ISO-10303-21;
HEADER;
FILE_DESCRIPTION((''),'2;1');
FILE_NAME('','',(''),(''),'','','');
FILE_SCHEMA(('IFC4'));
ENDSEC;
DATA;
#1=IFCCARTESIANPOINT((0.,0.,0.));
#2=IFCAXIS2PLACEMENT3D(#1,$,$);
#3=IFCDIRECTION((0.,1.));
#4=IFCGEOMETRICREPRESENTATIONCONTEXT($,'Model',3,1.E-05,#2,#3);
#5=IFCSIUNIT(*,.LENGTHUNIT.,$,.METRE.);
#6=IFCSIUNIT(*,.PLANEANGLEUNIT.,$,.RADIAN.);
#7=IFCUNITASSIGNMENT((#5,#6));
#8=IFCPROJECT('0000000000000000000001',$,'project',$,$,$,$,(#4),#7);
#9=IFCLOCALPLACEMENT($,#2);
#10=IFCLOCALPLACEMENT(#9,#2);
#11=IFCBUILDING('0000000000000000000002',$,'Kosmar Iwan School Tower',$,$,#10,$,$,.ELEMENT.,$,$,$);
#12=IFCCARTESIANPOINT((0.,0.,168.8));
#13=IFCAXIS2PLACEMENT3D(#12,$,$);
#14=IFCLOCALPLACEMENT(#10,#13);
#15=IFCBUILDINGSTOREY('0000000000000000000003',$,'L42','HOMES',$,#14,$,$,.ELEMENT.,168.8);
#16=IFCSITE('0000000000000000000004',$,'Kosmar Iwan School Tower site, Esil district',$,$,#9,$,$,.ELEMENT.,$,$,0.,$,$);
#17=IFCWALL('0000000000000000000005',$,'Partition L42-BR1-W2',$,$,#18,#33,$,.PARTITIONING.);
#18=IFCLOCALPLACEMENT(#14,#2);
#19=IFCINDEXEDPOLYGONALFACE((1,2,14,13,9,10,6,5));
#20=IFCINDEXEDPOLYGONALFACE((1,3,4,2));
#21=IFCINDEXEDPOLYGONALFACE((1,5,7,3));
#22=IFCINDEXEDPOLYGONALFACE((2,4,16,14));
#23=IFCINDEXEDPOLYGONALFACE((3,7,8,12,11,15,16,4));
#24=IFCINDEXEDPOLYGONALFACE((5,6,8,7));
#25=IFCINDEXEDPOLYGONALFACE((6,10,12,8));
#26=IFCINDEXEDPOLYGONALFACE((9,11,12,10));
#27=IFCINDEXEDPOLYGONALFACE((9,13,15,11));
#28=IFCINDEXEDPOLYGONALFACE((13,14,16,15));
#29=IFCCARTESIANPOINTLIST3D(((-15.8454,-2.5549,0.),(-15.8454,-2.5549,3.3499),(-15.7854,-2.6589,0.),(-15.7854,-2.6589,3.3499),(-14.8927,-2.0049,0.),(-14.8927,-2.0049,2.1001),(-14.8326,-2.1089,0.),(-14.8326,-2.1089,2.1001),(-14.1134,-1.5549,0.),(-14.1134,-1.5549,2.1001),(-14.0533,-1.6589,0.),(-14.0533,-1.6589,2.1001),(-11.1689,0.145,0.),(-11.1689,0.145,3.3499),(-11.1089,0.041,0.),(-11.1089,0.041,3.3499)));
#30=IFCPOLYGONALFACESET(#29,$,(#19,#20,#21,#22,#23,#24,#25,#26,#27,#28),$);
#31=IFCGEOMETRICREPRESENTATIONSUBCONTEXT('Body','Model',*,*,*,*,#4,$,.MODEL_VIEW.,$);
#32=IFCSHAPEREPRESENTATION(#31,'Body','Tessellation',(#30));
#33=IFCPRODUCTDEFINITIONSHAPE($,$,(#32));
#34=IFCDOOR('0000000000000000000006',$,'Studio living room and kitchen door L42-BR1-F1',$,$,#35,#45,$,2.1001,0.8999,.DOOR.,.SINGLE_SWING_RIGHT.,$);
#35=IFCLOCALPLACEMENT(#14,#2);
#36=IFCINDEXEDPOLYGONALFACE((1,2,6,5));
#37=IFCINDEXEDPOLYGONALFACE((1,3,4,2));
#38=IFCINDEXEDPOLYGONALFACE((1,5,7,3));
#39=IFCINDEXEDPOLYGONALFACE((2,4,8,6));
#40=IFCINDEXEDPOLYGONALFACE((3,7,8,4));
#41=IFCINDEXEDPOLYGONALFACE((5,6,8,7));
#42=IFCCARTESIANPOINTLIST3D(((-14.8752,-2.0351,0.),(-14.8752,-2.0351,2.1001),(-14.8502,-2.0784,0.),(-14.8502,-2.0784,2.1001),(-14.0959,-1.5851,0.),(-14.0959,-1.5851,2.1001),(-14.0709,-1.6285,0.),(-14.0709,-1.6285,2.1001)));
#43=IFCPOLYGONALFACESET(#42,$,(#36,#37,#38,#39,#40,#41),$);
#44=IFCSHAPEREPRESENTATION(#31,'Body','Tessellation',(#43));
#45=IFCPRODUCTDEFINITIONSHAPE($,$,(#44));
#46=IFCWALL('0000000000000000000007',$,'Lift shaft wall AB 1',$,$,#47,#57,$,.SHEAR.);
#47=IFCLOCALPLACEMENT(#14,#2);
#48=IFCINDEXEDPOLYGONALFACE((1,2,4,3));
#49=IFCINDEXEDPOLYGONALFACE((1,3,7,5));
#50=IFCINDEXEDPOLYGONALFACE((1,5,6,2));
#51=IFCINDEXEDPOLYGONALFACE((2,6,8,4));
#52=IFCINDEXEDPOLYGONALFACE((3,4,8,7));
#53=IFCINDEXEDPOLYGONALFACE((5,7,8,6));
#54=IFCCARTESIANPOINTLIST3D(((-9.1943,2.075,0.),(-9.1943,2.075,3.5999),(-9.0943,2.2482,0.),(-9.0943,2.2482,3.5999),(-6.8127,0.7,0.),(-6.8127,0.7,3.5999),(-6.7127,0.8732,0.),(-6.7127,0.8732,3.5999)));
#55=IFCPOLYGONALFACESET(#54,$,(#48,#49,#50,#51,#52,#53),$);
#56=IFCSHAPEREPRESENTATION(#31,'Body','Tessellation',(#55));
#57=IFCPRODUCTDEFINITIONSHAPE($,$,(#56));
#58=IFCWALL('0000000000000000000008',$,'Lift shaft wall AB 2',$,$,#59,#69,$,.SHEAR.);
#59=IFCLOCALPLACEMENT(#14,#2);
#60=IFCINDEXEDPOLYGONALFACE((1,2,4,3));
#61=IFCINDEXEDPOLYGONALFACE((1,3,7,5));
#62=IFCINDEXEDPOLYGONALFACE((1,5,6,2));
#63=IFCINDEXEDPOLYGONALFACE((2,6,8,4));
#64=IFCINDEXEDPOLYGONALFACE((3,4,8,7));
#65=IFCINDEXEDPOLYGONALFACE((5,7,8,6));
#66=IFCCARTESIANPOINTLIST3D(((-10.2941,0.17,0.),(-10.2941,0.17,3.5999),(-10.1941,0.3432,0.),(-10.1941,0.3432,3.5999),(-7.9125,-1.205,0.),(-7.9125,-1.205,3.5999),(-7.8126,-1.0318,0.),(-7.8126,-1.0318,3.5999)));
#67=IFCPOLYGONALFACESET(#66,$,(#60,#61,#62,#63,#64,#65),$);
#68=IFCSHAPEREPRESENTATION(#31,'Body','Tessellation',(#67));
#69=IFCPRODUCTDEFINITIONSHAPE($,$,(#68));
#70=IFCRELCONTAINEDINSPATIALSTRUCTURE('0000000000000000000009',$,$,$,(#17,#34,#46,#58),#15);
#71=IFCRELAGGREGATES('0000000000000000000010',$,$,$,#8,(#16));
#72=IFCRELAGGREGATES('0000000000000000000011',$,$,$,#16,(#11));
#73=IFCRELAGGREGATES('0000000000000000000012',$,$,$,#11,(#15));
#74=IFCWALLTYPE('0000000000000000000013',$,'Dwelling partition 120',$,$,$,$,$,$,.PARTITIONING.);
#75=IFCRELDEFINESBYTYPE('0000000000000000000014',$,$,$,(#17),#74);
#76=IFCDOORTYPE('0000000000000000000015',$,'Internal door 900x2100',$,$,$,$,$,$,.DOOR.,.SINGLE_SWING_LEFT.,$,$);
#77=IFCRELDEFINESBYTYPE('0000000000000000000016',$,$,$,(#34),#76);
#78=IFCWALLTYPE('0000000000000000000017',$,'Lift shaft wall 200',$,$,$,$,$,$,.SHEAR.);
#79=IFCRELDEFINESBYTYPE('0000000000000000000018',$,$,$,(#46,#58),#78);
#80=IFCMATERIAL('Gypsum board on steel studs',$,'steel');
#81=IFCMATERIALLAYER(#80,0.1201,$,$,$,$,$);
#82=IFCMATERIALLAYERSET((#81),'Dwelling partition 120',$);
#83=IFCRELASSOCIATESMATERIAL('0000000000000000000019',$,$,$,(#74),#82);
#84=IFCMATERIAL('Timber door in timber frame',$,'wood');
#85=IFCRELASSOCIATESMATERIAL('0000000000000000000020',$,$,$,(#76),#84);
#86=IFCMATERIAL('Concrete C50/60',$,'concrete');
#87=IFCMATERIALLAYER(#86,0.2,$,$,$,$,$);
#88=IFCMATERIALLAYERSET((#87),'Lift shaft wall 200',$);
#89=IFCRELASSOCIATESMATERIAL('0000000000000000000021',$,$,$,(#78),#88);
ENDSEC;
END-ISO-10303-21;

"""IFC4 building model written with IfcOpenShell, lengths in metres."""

from ifc_helpers import new_model, si_unit, direction, frame, frame_2d, origin, place, context, subcontext, project, spatial, rectangle, extrude, material, layer, layer_set, type_object, element, fill, save


model = new_model("IFC4")

# Units and contexts
model_context = context("Model", 3, precision=1e-05, world=origin(), true_north=direction((0.0, 1.0)))
body_context = subcontext(model_context, "Body", "Model", "MODEL_VIEW")
ifc_project = project(units=[si_unit("LENGTHUNIT", "METRE"), si_unit("PLANEANGLEUNIT", "RADIAN")], contexts=[model_context])

# Site, building, storey
site_placement = place(None, origin())
site = spatial("IfcSite", under=ifc_project, at=site_placement, Name="Kosmar Iwan School Tower site, Esil district", CompositionType="ELEMENT", RefElevation=0.0)
building_placement = place(site_placement, origin())
building = spatial("IfcBuilding", under=site, at=building_placement, Name="Kosmar Iwan School Tower", CompositionType="ELEMENT")
storey_placement = place(building_placement, frame((0.0, 0.0, 168.8)))
storey = spatial("IfcBuildingStorey", under=building, at=storey_placement, Name="L42", Description="HOMES", CompositionType="ELEMENT", Elevation=168.8)

# Shared definitions
ifc_material_1 = material(Name="Gypsum board on steel studs", Category="steel")
ifc_layer_1 = layer(ifc_material_1, 0.1201)
ifc_layer_set_1 = layer_set([ifc_layer_1], Name="Dwelling partition 120")
wall_type_1 = type_object("IfcWallType", Name="Dwelling partition 120", PredefinedType="PARTITIONING", material=ifc_layer_set_1)
ifc_material_2 = material(Name="Timber door in timber frame", Category="wood")
door_type_1 = type_object("IfcDoorType", Name="Internal door 900x2100", OperationType="SINGLE_SWING_LEFT", PredefinedType="DOOR", material=ifc_material_2)

# Wall, opening, door
wall_1_placement = place(storey_placement, frame((-11.1389, 0.093, 0.0), z_axis=(0.0, 0.0, 1.0), x_axis=(-0.866028, -0.499995, 0.0)))
wall_1 = element("IfcWall", 1, at=wall_1_placement, inside=storey, type_object=wall_type_1, Name="Partition L42-BR1-W2", PredefinedType="PARTITIONING", context=body_context, shape_type="SweptSolid", body=[
    extrude(rectangle(XDim=5.3999, YDim=0.1201, at=frame_2d((2.7, 0.0))), origin(), (0.0, 0.0, 1.0), 3.3499),
])
opening_1_placement = place(wall_1_placement, frame((3.3999, 0.0, 0.0)))
opening_1 = element("IfcOpeningElement", 2, at=opening_1_placement, cuts=wall_1, PredefinedType="OPENING", context=body_context, shape_type="SweptSolid", body=[
    extrude(rectangle(XDim=0.8999, YDim=2.1001, at=frame_2d((0.45, 1.05))), frame((0.0, 0.072, 0.0), z_axis=(0.0, -1.0, 0.0), x_axis=(1.0, 0.0, 0.0)), (0.0, 0.0, 1.0), 0.144),
])
door_1_placement = place(opening_1_placement, origin())
door_1 = element("IfcDoor", 3, at=door_1_placement, inside=storey, type_object=door_type_1, Name="Studio living room and kitchen door L42-BR1-F1", OperationType="SINGLE_SWING_RIGHT", OverallHeight=2.1001, OverallWidth=0.8999, PredefinedType="DOOR", context=body_context, shape_type="SweptSolid", body=[
    extrude(rectangle(XDim=0.8999, YDim=2.1001, at=frame_2d((0.45, 1.05))), frame((0.0, 0.0249, 0.0), z_axis=(0.0, -1.0, 0.0), x_axis=(1.0, 0.0, 0.0)), (0.0, 0.0, 1.0), 0.05),
])
fill(opening_1, door_1)

# Walls
ifc_material_3 = material(Name="Concrete C50/60", Category="concrete")
ifc_layer_2 = layer(ifc_material_3, 0.2)
ifc_layer_set_2 = layer_set([ifc_layer_2], Name="Lift shaft wall 200")
wall_type_2 = type_object("IfcWallType", Name="Lift shaft wall 200", PredefinedType="SHEAR", material=ifc_layer_set_2)
for number, where, z_axis, x_axis, name in (
    (4, (-6.7627, 0.7866, 0.0), (0.0, 0.0, 1.0), (-0.866027, 0.499997, 0.0), "Lift shaft wall AB 1"),
    (5, (-7.8625, -1.1184, 0.0), (0.0, 0.0, 1.0), (-0.866027, 0.499997, 0.0), "Lift shaft wall AB 2"),
):
    element("IfcWall", number, at=place(storey_placement, frame(where, z_axis=z_axis, x_axis=x_axis)), inside=storey, type_object=wall_type_2, Name=name, PredefinedType="SHEAR", context=body_context, shape_type="SweptSolid", body=[
        extrude(rectangle(XDim=2.75, YDim=0.2, at=frame_2d((1.375, 0.0))), origin(), (0.0, 0.0, 1.0), 3.5999),
    ])

save(model, "model.ifc")
